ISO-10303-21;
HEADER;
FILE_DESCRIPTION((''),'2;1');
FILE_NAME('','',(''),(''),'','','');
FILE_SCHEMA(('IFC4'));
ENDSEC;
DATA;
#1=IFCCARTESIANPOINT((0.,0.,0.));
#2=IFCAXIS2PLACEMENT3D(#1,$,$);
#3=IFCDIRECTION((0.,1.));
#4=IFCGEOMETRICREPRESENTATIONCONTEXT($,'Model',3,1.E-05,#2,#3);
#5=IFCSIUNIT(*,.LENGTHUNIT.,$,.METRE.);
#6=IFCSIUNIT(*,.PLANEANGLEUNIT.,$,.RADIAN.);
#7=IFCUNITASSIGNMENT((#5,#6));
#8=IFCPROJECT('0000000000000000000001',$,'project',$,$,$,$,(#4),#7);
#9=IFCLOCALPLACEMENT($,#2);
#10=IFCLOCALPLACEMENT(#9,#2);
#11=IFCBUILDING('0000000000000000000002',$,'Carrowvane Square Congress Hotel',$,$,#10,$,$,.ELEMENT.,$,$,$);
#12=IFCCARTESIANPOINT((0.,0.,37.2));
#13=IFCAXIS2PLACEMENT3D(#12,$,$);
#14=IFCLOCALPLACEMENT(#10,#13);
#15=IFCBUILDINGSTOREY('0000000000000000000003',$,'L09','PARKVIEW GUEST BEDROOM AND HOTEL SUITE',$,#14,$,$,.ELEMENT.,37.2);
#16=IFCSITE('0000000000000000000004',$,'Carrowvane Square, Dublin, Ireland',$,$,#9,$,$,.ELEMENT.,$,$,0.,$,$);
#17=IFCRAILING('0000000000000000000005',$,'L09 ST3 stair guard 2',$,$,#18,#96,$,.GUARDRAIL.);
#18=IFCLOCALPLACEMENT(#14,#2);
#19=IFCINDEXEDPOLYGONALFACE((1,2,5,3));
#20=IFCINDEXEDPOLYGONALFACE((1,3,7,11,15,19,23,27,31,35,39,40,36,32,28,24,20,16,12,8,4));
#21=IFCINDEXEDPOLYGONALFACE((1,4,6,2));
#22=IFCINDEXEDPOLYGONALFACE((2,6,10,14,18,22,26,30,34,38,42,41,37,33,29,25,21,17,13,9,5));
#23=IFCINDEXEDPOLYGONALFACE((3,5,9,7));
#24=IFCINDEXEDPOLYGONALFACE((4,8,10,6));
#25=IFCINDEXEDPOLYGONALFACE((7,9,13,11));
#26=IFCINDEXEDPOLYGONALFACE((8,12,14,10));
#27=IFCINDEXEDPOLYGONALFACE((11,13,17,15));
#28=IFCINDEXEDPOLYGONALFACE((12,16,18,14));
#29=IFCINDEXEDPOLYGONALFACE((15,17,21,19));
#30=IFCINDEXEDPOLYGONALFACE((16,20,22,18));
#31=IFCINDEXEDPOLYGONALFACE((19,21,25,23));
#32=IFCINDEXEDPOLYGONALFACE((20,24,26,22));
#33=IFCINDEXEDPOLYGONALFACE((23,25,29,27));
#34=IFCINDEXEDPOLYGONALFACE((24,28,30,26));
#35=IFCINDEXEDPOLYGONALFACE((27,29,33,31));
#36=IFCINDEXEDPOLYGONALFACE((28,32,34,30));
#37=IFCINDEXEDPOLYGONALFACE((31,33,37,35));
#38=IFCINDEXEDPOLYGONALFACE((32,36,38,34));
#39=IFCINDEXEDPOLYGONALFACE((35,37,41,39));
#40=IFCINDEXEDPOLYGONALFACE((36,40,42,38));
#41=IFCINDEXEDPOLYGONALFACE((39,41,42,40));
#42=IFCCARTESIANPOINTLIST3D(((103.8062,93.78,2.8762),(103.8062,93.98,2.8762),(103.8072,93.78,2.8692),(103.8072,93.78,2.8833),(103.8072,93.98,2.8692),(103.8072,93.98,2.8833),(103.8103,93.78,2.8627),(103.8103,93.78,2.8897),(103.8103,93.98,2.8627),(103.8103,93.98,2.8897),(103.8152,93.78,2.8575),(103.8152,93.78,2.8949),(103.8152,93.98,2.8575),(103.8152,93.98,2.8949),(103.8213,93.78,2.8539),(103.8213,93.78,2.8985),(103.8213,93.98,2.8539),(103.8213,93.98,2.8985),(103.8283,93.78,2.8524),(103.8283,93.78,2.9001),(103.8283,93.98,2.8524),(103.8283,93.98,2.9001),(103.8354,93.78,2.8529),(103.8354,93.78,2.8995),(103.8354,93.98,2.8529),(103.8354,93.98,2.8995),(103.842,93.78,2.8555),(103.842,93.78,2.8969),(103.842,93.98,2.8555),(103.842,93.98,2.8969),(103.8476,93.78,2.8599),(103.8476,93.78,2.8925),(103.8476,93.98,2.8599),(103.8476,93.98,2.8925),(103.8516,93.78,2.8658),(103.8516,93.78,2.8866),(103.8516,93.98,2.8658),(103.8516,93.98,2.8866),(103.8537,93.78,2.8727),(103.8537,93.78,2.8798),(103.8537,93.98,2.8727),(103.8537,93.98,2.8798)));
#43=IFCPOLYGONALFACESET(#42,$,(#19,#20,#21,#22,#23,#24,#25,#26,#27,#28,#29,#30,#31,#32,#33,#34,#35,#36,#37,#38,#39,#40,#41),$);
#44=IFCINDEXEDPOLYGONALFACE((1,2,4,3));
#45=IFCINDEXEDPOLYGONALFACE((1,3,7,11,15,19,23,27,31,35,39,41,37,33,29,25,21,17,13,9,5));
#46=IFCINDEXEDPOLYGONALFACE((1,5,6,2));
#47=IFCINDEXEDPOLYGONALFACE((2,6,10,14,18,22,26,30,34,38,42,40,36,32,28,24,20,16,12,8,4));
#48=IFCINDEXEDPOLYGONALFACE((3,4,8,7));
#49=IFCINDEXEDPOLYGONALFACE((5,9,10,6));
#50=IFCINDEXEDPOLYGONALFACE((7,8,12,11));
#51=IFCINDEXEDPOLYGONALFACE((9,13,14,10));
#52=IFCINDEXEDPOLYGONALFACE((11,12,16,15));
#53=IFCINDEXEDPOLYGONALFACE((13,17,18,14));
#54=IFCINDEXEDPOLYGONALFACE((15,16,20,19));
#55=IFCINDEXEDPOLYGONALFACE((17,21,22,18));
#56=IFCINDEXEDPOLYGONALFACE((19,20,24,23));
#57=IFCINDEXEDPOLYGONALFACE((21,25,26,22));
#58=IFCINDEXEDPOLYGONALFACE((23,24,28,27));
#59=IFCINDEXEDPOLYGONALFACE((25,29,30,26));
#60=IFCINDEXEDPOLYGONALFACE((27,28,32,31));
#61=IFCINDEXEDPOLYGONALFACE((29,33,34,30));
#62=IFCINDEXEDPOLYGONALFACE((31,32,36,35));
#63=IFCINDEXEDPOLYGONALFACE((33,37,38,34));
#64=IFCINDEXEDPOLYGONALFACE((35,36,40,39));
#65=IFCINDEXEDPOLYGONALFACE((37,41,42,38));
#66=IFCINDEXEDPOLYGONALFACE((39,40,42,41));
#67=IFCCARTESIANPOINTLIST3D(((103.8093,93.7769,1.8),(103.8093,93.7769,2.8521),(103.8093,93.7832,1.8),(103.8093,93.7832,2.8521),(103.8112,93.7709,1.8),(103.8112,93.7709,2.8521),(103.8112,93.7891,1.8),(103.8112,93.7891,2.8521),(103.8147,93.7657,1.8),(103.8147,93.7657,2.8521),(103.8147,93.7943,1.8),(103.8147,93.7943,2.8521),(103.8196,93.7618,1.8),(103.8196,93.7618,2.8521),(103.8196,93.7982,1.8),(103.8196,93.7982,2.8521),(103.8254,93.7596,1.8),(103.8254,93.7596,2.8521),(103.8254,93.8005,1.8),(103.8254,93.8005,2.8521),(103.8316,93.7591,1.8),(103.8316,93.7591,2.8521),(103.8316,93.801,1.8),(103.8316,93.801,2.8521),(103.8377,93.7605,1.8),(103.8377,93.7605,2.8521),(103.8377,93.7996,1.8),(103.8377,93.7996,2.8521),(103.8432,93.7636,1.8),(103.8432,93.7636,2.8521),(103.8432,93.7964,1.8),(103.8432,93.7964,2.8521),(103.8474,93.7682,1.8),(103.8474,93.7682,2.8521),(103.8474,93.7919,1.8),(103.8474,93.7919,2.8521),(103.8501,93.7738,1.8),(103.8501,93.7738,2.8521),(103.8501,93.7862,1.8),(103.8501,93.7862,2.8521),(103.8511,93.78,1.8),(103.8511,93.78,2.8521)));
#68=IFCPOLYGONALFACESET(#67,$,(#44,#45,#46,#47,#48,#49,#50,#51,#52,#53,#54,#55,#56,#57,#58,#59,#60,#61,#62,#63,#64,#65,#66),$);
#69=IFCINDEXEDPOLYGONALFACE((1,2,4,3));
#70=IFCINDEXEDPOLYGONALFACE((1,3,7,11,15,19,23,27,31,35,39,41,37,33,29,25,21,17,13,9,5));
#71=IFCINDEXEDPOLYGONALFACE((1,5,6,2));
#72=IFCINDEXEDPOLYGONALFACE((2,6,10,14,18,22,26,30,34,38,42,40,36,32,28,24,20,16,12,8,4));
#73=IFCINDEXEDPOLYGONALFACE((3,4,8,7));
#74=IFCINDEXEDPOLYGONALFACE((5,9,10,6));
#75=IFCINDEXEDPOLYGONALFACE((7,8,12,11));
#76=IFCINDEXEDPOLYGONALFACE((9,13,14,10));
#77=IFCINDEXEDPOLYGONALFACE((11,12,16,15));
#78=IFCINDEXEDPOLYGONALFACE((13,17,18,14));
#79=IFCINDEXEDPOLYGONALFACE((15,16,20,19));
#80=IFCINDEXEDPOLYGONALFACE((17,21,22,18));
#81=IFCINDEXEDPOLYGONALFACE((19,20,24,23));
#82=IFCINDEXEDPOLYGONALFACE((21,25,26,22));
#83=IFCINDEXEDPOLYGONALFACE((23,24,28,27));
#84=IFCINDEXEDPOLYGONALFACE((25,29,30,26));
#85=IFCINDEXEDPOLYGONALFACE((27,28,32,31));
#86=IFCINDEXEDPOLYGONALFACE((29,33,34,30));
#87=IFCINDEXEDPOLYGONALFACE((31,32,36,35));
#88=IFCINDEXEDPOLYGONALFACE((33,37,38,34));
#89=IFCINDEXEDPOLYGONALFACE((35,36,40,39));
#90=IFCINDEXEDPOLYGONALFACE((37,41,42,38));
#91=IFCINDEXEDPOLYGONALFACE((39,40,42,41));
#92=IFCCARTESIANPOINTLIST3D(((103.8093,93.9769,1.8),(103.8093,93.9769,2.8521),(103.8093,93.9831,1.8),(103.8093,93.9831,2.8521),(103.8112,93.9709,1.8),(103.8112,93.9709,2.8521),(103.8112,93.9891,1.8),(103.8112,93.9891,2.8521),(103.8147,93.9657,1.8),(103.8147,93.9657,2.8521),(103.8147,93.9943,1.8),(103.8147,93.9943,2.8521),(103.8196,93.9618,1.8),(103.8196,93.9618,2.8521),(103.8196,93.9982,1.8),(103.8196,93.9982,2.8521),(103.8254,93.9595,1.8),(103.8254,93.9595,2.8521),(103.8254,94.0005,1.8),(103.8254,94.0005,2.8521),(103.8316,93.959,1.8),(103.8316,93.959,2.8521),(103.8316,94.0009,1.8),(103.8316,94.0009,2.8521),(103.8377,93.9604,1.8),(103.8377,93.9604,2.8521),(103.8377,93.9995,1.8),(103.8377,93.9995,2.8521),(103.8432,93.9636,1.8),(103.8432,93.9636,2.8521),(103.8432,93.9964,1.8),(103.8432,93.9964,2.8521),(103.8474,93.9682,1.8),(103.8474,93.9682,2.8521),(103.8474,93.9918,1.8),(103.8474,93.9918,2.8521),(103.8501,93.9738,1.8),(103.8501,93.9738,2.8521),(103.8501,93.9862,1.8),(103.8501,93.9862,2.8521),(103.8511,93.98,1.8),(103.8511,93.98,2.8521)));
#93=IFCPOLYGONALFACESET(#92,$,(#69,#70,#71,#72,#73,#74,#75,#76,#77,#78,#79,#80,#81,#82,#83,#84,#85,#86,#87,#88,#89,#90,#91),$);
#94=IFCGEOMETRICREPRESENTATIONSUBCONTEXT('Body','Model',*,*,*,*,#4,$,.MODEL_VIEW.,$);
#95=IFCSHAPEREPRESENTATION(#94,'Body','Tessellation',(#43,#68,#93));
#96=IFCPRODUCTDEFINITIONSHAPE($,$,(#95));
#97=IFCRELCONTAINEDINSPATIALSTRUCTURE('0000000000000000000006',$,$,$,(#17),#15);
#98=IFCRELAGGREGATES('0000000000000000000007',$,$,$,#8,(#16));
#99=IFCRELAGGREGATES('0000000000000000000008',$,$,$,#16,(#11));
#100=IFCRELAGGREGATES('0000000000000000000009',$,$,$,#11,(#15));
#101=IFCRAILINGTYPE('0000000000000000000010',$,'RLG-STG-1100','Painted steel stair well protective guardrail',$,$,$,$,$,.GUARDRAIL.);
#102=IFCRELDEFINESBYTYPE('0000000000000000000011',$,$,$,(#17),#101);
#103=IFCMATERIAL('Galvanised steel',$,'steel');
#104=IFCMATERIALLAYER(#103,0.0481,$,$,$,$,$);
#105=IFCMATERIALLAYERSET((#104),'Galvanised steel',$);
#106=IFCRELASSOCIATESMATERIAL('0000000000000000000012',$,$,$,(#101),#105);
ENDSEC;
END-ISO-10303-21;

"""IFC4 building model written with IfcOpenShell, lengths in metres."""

from ifc_helpers import new_model, si_unit, direction, frame, origin, origin_2d, place, context, subcontext, project, spatial, circle, extrude, material, layer, layer_set, type_object, element, save


model = new_model("IFC4")

# Units and contexts
model_context = context("Model", 3, precision=1e-05, world=origin(), true_north=direction((0.0, 1.0)))
body_context = subcontext(model_context, "Body", "Model", "MODEL_VIEW")
ifc_project = project(units=[si_unit("LENGTHUNIT", "METRE"), si_unit("PLANEANGLEUNIT", "RADIAN")], contexts=[model_context])

# Site, building, storey
site_placement = place(None, origin())
site = spatial("IfcSite", under=ifc_project, at=site_placement, Name="Carrowvane Square, Dublin, Ireland", CompositionType="ELEMENT", RefElevation=0.0)
building_placement = place(site_placement, origin())
building = spatial("IfcBuilding", under=site, at=building_placement, Name="Carrowvane Square Congress Hotel", CompositionType="ELEMENT")
storey_placement = place(building_placement, frame((0.0, 0.0, 37.2)))
storey = spatial("IfcBuildingStorey", under=building, at=storey_placement, Name="L09", Description="PARKVIEW GUEST BEDROOM AND HOTEL SUITE", CompositionType="ELEMENT", Elevation=37.2)

# Railing
ifc_material_1 = material(Name="Galvanised steel", Category="steel")
ifc_layer_1 = layer(ifc_material_1, 0.0481)
ifc_layer_set_1 = layer_set([ifc_layer_1], Name="Galvanised steel")
railing_type_1 = type_object("IfcRailingType", Name="RLG-STG-1100", Description="Painted steel stair well protective guardrail", PredefinedType="GUARDRAIL", material=ifc_layer_set_1)
railing_1_placement = place(storey_placement, frame((103.8301, 93.78, 1.8)))
element("IfcRailing", 1, at=railing_1_placement, inside=storey, type_object=railing_type_1, Name="L09 ST3 stair guard 2", PredefinedType="GUARDRAIL", context=body_context, shape_type="SweptSolid", body=[
    extrude(circle(Radius=0.0239, at=origin_2d()), frame((0.0, 0.0, 1.0762), z_axis=(0.0, 1.0, 0.0), x_axis=(-1.0, 0.0, 0.0)), (0.0, 0.0, 1.0), 0.2),
    extrude(circle(Radius=0.021, at=origin_2d()), origin(), (0.0, 0.0, 1.0), 1.052),
    extrude(circle(Radius=0.021, at=origin_2d()), frame((0.0, 0.2, 0.0)), (0.0, 0.0, 1.0), 1.052),
])

save(model, "model.ifc")
